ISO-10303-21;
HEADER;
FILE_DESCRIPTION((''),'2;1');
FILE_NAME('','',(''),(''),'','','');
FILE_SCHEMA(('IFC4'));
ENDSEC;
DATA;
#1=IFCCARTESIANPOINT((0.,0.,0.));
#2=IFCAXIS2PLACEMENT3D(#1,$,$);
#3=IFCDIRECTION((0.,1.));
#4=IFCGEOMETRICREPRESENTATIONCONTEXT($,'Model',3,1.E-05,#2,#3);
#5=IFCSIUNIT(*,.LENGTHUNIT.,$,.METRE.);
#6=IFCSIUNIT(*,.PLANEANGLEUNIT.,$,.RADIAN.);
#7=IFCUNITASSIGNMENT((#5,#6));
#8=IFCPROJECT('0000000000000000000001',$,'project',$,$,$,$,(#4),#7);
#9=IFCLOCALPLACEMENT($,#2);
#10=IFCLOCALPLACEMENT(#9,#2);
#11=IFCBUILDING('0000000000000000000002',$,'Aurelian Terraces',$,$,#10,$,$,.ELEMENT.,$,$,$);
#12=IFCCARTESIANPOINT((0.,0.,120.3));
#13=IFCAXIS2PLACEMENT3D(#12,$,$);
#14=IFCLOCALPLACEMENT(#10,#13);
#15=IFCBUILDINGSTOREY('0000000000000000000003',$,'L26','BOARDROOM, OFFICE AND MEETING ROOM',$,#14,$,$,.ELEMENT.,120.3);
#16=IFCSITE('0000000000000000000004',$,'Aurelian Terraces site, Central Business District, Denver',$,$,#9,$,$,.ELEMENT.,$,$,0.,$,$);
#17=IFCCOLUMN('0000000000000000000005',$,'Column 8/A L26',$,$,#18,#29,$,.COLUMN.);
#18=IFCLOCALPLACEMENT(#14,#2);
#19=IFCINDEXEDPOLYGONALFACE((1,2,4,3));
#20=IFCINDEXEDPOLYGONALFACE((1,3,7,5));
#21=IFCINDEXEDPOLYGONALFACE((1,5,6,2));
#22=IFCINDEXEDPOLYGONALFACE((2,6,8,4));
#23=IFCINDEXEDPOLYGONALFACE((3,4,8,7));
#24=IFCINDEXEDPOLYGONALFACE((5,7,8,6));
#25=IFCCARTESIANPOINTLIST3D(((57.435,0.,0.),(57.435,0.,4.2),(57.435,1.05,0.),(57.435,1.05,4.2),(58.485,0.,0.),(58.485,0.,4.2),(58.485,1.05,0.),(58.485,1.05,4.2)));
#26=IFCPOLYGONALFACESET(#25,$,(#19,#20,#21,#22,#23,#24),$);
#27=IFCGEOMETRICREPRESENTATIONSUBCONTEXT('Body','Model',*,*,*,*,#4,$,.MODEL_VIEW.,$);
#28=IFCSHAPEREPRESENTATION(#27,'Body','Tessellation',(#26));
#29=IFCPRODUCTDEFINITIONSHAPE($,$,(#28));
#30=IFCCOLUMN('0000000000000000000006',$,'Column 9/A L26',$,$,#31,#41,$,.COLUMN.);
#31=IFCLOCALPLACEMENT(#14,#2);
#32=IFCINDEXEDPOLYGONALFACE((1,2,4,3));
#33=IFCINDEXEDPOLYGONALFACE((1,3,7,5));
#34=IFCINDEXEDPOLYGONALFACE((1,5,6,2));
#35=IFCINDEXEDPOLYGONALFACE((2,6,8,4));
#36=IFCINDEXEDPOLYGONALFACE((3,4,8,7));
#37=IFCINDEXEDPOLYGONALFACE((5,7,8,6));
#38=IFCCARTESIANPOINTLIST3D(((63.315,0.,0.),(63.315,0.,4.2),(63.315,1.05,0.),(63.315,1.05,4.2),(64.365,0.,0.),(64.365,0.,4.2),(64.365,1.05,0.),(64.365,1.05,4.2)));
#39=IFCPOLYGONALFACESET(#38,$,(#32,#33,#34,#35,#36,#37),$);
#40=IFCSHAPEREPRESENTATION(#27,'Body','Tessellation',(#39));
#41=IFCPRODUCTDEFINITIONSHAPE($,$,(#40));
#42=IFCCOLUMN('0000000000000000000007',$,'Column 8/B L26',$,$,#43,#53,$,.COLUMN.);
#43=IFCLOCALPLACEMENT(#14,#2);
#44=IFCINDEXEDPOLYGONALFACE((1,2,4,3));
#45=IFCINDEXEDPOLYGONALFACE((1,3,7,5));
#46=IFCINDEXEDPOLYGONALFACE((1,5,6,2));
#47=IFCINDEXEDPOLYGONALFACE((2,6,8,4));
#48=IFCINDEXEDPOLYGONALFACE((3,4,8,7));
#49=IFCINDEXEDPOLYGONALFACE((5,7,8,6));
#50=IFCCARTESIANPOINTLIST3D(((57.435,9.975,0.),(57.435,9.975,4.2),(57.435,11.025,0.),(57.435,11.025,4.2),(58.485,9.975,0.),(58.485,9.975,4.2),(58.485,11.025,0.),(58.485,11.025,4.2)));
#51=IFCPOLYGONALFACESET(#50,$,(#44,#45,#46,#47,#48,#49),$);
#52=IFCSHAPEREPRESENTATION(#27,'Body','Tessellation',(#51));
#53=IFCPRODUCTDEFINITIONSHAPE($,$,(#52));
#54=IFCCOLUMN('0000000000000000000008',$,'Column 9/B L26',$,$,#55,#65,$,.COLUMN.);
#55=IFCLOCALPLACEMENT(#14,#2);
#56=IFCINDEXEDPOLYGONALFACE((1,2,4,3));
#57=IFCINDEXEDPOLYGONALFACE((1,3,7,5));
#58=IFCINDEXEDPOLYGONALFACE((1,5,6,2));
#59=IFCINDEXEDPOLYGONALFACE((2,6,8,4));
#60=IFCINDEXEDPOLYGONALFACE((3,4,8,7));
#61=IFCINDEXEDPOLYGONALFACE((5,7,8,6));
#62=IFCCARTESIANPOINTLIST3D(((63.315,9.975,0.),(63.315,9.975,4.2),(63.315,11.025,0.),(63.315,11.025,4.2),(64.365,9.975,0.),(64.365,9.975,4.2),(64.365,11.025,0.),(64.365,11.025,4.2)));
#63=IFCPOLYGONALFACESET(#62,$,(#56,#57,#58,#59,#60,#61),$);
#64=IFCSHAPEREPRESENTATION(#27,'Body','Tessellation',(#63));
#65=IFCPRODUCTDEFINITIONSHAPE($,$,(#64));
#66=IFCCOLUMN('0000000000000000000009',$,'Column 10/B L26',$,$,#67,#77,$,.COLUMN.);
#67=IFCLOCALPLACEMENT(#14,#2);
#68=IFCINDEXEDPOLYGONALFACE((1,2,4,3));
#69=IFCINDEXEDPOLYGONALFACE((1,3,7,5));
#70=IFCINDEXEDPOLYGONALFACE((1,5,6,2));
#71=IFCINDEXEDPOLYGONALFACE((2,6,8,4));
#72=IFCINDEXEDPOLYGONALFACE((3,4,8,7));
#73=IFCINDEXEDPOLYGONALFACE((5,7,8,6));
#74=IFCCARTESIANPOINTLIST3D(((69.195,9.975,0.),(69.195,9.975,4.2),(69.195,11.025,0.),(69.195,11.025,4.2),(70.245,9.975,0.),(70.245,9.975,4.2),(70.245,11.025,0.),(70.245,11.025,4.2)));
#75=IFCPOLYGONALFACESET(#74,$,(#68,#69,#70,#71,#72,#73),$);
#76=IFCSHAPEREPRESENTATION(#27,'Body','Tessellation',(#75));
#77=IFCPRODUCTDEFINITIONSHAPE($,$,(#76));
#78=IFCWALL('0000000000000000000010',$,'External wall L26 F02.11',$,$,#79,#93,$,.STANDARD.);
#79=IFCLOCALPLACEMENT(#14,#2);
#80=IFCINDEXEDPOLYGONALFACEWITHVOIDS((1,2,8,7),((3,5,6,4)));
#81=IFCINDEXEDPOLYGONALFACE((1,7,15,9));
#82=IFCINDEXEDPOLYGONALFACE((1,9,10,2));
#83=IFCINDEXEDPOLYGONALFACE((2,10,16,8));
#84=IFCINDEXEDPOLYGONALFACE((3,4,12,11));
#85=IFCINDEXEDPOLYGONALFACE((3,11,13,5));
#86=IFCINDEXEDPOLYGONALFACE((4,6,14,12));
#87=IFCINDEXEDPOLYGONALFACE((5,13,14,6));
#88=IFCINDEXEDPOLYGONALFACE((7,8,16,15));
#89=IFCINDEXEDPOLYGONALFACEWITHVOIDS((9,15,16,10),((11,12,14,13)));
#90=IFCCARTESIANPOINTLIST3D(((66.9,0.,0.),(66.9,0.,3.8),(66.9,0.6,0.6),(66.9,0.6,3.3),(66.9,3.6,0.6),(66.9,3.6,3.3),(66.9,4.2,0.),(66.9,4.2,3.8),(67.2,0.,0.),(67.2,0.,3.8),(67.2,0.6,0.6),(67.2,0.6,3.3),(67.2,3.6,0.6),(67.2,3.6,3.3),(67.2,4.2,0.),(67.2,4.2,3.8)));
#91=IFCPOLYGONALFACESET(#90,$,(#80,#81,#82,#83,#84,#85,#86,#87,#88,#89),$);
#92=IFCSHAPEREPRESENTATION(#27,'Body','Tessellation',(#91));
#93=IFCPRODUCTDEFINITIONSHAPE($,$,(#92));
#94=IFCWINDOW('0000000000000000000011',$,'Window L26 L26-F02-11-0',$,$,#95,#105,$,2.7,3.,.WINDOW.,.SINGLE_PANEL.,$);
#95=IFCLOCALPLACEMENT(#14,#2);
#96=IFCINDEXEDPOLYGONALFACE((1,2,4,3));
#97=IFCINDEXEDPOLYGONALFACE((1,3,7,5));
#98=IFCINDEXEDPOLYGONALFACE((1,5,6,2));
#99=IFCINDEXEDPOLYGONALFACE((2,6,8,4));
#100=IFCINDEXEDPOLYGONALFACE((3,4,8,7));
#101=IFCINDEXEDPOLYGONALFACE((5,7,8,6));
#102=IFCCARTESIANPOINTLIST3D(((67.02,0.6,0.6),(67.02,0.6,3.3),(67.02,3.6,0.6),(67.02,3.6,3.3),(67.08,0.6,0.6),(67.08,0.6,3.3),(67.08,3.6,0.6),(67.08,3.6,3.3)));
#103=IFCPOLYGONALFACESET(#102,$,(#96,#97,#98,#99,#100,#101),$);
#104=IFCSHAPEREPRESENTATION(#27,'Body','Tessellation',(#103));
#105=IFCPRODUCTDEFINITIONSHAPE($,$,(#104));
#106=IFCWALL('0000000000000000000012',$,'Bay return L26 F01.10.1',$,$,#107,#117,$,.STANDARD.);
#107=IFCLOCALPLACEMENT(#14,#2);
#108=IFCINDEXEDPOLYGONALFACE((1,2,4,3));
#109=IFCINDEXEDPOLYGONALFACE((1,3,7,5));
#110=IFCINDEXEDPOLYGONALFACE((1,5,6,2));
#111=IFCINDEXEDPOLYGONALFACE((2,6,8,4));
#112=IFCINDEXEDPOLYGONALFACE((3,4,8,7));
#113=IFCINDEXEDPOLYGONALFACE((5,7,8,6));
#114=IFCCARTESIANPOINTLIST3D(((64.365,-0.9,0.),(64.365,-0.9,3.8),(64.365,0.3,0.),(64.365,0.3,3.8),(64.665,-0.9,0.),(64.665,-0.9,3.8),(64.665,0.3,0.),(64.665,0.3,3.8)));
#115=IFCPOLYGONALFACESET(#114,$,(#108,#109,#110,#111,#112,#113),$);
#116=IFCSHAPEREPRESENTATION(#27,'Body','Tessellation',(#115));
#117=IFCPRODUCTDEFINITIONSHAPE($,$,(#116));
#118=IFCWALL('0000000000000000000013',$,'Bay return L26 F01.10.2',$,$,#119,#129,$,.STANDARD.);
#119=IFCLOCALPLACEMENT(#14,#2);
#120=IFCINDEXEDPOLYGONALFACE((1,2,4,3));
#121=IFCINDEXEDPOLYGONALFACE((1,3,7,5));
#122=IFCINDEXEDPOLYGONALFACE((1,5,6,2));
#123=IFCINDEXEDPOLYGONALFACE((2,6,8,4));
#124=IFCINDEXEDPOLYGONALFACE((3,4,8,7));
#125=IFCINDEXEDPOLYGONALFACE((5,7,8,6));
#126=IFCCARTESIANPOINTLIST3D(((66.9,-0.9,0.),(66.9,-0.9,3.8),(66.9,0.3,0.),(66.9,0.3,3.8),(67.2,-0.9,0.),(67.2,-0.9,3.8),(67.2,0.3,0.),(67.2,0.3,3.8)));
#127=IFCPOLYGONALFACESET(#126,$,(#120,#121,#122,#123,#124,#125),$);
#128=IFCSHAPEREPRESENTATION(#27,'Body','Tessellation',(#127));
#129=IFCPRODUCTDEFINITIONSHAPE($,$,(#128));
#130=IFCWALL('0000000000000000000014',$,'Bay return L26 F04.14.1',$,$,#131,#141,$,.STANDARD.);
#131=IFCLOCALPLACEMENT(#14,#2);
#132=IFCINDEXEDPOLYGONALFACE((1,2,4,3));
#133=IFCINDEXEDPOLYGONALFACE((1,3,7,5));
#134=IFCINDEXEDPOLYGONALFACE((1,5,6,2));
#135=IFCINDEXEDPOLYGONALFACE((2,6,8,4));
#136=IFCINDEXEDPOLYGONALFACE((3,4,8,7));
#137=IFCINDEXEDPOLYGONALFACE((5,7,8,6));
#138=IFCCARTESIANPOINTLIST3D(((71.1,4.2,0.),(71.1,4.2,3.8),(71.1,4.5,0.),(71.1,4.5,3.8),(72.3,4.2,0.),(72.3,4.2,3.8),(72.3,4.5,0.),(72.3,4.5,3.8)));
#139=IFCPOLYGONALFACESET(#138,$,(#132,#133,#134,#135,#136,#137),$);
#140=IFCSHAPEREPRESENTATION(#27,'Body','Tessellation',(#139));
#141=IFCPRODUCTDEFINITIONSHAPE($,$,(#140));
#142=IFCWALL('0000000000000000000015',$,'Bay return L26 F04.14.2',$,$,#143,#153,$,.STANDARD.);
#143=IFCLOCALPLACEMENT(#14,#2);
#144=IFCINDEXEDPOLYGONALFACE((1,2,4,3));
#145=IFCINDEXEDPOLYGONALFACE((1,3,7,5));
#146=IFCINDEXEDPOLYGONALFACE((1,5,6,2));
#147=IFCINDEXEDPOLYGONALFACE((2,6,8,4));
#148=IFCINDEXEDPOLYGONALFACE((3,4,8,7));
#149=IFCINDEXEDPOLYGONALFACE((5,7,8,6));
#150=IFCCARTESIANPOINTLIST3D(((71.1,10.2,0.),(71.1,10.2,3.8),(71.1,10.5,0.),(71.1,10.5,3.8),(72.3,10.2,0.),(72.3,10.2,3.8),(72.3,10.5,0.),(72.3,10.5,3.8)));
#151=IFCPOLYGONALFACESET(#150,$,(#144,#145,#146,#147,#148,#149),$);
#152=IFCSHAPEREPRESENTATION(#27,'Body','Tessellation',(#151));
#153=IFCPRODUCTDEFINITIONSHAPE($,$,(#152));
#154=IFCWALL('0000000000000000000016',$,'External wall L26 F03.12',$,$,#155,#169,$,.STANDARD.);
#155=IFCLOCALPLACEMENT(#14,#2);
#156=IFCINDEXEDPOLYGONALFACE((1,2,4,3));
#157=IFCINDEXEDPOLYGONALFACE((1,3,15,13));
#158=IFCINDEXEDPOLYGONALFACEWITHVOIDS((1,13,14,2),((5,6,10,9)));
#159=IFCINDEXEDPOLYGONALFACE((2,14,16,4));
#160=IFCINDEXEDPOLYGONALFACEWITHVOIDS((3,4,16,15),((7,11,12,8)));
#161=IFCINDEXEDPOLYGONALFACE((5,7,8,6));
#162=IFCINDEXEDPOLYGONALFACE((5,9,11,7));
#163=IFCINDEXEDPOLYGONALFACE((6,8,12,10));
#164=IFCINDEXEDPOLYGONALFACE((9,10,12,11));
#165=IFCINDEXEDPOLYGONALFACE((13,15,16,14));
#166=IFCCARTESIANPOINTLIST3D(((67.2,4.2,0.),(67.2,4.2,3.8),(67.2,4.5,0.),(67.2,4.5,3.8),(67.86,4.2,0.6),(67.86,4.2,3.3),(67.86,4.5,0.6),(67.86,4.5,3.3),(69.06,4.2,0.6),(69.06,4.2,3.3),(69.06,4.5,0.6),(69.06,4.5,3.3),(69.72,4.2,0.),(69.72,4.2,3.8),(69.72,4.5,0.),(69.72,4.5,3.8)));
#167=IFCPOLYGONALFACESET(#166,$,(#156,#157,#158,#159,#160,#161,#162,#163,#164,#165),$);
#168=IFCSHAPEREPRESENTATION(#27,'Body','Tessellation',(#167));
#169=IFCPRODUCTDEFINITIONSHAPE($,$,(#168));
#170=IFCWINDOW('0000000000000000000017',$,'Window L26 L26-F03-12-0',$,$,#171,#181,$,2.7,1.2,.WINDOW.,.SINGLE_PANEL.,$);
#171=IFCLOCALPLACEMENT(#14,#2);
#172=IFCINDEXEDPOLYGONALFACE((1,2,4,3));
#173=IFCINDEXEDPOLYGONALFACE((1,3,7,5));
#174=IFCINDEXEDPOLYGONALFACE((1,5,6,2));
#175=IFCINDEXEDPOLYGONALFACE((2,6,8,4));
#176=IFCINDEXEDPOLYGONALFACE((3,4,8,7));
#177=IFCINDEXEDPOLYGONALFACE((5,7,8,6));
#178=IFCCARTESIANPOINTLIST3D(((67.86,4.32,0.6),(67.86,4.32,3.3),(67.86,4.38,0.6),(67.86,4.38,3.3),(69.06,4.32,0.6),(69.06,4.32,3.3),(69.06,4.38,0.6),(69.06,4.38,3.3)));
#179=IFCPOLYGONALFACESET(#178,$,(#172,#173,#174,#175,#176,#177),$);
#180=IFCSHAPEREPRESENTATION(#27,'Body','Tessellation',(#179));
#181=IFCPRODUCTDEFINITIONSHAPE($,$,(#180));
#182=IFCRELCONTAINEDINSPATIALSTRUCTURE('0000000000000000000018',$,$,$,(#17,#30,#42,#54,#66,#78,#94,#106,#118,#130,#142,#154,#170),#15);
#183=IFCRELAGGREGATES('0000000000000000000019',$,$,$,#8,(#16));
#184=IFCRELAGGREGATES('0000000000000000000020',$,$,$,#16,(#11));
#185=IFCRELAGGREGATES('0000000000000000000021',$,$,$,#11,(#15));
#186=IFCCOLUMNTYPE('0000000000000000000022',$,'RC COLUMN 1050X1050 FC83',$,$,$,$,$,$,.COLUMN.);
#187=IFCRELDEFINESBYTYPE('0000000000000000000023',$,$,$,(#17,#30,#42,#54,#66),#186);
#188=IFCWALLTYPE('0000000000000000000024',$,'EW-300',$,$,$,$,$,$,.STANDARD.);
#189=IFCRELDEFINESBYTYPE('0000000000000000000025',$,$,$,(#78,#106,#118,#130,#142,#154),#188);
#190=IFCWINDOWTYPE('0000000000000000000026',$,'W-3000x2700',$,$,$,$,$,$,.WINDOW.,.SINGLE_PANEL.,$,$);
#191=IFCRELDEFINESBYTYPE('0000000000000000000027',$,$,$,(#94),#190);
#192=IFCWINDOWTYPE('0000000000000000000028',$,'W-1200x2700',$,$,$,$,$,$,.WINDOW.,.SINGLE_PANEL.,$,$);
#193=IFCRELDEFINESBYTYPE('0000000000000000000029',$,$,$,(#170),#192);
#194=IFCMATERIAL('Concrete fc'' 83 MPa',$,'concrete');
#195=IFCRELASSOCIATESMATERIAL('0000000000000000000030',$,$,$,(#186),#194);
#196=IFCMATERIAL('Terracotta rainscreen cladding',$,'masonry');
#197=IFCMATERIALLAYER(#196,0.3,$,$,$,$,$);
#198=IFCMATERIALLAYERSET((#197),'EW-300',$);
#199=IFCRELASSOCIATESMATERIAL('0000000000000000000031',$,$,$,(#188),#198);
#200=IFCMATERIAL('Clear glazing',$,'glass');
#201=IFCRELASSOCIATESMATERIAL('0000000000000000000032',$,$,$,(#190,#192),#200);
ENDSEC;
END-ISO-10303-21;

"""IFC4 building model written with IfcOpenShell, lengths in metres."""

from ifc_helpers import new_model, si_unit, direction, frame, frame_2d, origin, origin_2d, place, context, subcontext, project, spatial, rectangle, extrude, source, transform, mapped, material, layer, layer_set, material_profile, profile_set, type_object, element, fill, save


model = new_model("IFC4")

# Units and contexts
model_context = context("Model", 3, precision=1e-05, world=origin(), true_north=direction((0.0, 1.0)))
body_context = subcontext(model_context, "Body", "Model", "MODEL_VIEW")
ifc_project = project(units=[si_unit("LENGTHUNIT", "METRE"), si_unit("PLANEANGLEUNIT", "RADIAN")], contexts=[model_context])

# Site, building, storey
site_placement = place(None, origin())
site = spatial("IfcSite", under=ifc_project, at=site_placement, Name="Aurelian Terraces site, Central Business District, Denver", CompositionType="ELEMENT", RefElevation=0.0)
building_placement = place(site_placement, origin())
building = spatial("IfcBuilding", under=site, at=building_placement, Name="Aurelian Terraces", CompositionType="ELEMENT")
storey_placement = place(building_placement, frame((0.0, 0.0, 120.3)))
storey = spatial("IfcBuildingStorey", under=building, at=storey_placement, Name="L26", Description="BOARDROOM, OFFICE AND MEETING ROOM", CompositionType="ELEMENT", Elevation=120.3)

# Columns
ifc_material_1 = material(Name="Concrete fc' 83 MPa", Category="concrete")
ifc_material_profile = material_profile(ifc_material_1, rectangle(XDim=1.05, YDim=1.05, at=origin_2d()))
ifc_profile_set = profile_set([ifc_material_profile], Name="Concrete fc' 83 MPa")
column_type = type_object("IfcColumnType", Name="RC COLUMN 1050X1050 FC83", PredefinedType="COLUMN", material=ifc_profile_set)
shared_shape_1 = source(origin(), body_context, "Body", "SweptSolid", [
    extrude(rectangle(XDim=1.05, YDim=1.05, at=origin_2d()), origin(), (0.0, 0.0, 1.0), 4.2),
])
for number, where, z_axis, x_axis, name in (
    (1, (57.96, 0.525, 0.0), (0.0, 0.0, 1.0), (1.0, 0.0, 0.0), "Column 8/A L26"),
    (2, (63.84, 0.525, 0.0), (0.0, 0.0, 1.0), (1.0, 0.0, 0.0), "Column 9/A L26"),
    (3, (57.96, 10.5, 0.0), (0.0, 0.0, 1.0), (1.0, 0.0, 0.0), "Column 8/B L26"),
    (4, (63.84, 10.5, 0.0), (0.0, 0.0, 1.0), (1.0, 0.0, 0.0), "Column 9/B L26"),
    (5, (69.72, 10.5, 0.0), (0.0, 0.0, 1.0), (1.0, 0.0, 0.0), "Column 10/B L26"),
):
    element("IfcColumn", number, at=place(storey_placement, frame(where, z_axis=z_axis, x_axis=x_axis)), inside=storey, type_object=column_type, Name=name, PredefinedType="COLUMN", context=body_context, shape_type="MappedRepresentation", body=[
        mapped(shared_shape_1, transform((0.0, 0.0, 0.0), scale=1.0)),
    ])

# Wall, opening, window
ifc_material_2 = material(Name="Terracotta rainscreen cladding", Category="masonry")
ifc_layer_1 = layer(ifc_material_2, 0.3)
ifc_layer_set_1 = layer_set([ifc_layer_1], Name="EW-300")
wall_type_1 = type_object("IfcWallType", Name="EW-300", PredefinedType="STANDARD", material=ifc_layer_set_1)
shared_shape_2 = source(origin(), body_context, "Body", "SweptSolid", [
    extrude(rectangle(XDim=4.2, YDim=0.3, at=frame_2d((2.1, 0.0))), origin(), (0.0, 0.0, 1.0), 3.8),
])
wall_1_placement = place(storey_placement, frame((67.05, 0.0, 0.0), z_axis=(0.0, 0.0, 1.0), x_axis=(0.0, 1.0, 0.0)))
wall_1 = element("IfcWall", 6, at=wall_1_placement, inside=storey, type_object=wall_type_1, Name="External wall L26 F02.11", PredefinedType="STANDARD", context=body_context, shape_type="MappedRepresentation", body=[
    mapped(shared_shape_2, transform((0.0, 0.0, 0.0), scale=1.0)),
])
shared_shape_3 = source(origin(), body_context, "Body", "SweptSolid", [
    extrude(rectangle(XDim=3.0, YDim=2.7, at=frame_2d((1.5, 1.35))), frame((0.0, 0.16, 0.0), z_axis=(0.0, -1.0, 0.0), x_axis=(1.0, 0.0, 0.0)), (0.0, 0.0, 1.0), 0.32),
])
opening_1_placement = place(wall_1_placement, frame((0.6, 0.0, 0.6)))
opening_1 = element("IfcOpeningElement", 7, at=opening_1_placement, cuts=wall_1, PredefinedType="OPENING", context=body_context, shape_type="MappedRepresentation", body=[
    mapped(shared_shape_3, transform((0.0, 0.0, 0.0), scale=1.0)),
])
ifc_material_3 = material(Name="Clear glazing", Category="glass")
window_type_1 = type_object("IfcWindowType", Name="W-3000x2700", PartitioningType="SINGLE_PANEL", PredefinedType="WINDOW", material=ifc_material_3)
shared_shape_4 = source(origin(), body_context, "Body", "SweptSolid", [
    extrude(rectangle(XDim=3.0, YDim=2.7, at=frame_2d((1.5, 1.35))), frame((0.0, 0.03, 0.0), z_axis=(0.0, -1.0, 0.0), x_axis=(1.0, 0.0, 0.0)), (0.0, 0.0, 1.0), 0.06),
])
window_1_placement = place(opening_1_placement, origin())
window_1 = element("IfcWindow", 8, at=window_1_placement, inside=storey, type_object=window_type_1, Name="Window L26 L26-F02-11-0", OverallHeight=2.7, OverallWidth=3.0, PartitioningType="SINGLE_PANEL", PredefinedType="WINDOW", context=body_context, shape_type="MappedRepresentation", body=[
    mapped(shared_shape_4, transform((0.0, 0.0, 0.0), scale=1.0)),
])
fill(opening_1, window_1)

# Walls
shared_shape_5 = source(origin(), body_context, "Body", "SweptSolid", [
    extrude(rectangle(XDim=1.2, YDim=0.3, at=frame_2d((0.6, 0.0))), origin(), (0.0, 0.0, 1.0), 3.8),
])
for number, where, z_axis, x_axis, name in (
    (9, (64.515, 0.3, 0.0), (0.0, 0.0, 1.0), (0.0, -1.0, 0.0), "Bay return L26 F01.10.1"),
    (10, (67.05, 0.3, 0.0), (0.0, 0.0, 1.0), (0.0, -1.0, 0.0), "Bay return L26 F01.10.2"),
    (11, (71.1, 4.35, 0.0), (0.0, 0.0, 1.0), (1.0, 0.0, 0.0), "Bay return L26 F04.14.1"),
    (12, (71.1, 10.35, 0.0), (0.0, 0.0, 1.0), (1.0, 0.0, 0.0), "Bay return L26 F04.14.2"),
):
    element("IfcWall", number, at=place(storey_placement, frame(where, z_axis=z_axis, x_axis=x_axis)), inside=storey, type_object=wall_type_1, Name=name, PredefinedType="STANDARD", context=body_context, shape_type="MappedRepresentation", body=[
        mapped(shared_shape_5, transform((0.0, 0.0, 0.0), scale=1.0)),
    ])

# Wall, opening, window
shared_shape_6 = source(origin(), body_context, "Body", "SweptSolid", [
    extrude(rectangle(XDim=2.52, YDim=0.3, at=frame_2d((1.26, 0.0))), origin(), (0.0, 0.0, 1.0), 3.8),
])
wall_2_placement = place(storey_placement, frame((67.2, 4.35, 0.0), z_axis=(0.0, 0.0, 1.0), x_axis=(1.0, 0.0, 0.0)))
wall_2 = element("IfcWall", 13, at=wall_2_placement, inside=storey, type_object=wall_type_1, Name="External wall L26 F03.12", PredefinedType="STANDARD", context=body_context, shape_type="MappedRepresentation", body=[
    mapped(shared_shape_6, transform((0.0, 0.0, 0.0), scale=1.0)),
])
shared_shape_7 = source(origin(), body_context, "Body", "SweptSolid", [
    extrude(rectangle(XDim=1.2, YDim=2.7, at=frame_2d((0.6, 1.35))), frame((0.0, 0.16, 0.0), z_axis=(0.0, -1.0, 0.0), x_axis=(1.0, 0.0, 0.0)), (0.0, 0.0, 1.0), 0.32),
])
opening_2_placement = place(wall_2_placement, frame((0.66, 0.0, 0.6)))
opening_2 = element("IfcOpeningElement", 14, at=opening_2_placement, cuts=wall_2, PredefinedType="OPENING", context=body_context, shape_type="MappedRepresentation", body=[
    mapped(shared_shape_7, transform((0.0, 0.0, 0.0), scale=1.0)),
])
window_type_2 = type_object("IfcWindowType", Name="W-1200x2700", PartitioningType="SINGLE_PANEL", PredefinedType="WINDOW", material=ifc_material_3)
shared_shape_8 = source(origin(), body_context, "Body", "SweptSolid", [
    extrude(rectangle(XDim=1.2, YDim=2.7, at=frame_2d((0.6, 1.35))), frame((0.0, 0.03, 0.0), z_axis=(0.0, -1.0, 0.0), x_axis=(1.0, 0.0, 0.0)), (0.0, 0.0, 1.0), 0.06),
])
window_2_placement = place(opening_2_placement, origin())
window_2 = element("IfcWindow", 15, at=window_2_placement, inside=storey, type_object=window_type_2, Name="Window L26 L26-F03-12-0", OverallHeight=2.7, OverallWidth=1.2, PartitioningType="SINGLE_PANEL", PredefinedType="WINDOW", context=body_context, shape_type="MappedRepresentation", body=[
    mapped(shared_shape_8, transform((0.0, 0.0, 0.0), scale=1.0)),
])
fill(opening_2, window_2)

save(model, "model.ifc")
